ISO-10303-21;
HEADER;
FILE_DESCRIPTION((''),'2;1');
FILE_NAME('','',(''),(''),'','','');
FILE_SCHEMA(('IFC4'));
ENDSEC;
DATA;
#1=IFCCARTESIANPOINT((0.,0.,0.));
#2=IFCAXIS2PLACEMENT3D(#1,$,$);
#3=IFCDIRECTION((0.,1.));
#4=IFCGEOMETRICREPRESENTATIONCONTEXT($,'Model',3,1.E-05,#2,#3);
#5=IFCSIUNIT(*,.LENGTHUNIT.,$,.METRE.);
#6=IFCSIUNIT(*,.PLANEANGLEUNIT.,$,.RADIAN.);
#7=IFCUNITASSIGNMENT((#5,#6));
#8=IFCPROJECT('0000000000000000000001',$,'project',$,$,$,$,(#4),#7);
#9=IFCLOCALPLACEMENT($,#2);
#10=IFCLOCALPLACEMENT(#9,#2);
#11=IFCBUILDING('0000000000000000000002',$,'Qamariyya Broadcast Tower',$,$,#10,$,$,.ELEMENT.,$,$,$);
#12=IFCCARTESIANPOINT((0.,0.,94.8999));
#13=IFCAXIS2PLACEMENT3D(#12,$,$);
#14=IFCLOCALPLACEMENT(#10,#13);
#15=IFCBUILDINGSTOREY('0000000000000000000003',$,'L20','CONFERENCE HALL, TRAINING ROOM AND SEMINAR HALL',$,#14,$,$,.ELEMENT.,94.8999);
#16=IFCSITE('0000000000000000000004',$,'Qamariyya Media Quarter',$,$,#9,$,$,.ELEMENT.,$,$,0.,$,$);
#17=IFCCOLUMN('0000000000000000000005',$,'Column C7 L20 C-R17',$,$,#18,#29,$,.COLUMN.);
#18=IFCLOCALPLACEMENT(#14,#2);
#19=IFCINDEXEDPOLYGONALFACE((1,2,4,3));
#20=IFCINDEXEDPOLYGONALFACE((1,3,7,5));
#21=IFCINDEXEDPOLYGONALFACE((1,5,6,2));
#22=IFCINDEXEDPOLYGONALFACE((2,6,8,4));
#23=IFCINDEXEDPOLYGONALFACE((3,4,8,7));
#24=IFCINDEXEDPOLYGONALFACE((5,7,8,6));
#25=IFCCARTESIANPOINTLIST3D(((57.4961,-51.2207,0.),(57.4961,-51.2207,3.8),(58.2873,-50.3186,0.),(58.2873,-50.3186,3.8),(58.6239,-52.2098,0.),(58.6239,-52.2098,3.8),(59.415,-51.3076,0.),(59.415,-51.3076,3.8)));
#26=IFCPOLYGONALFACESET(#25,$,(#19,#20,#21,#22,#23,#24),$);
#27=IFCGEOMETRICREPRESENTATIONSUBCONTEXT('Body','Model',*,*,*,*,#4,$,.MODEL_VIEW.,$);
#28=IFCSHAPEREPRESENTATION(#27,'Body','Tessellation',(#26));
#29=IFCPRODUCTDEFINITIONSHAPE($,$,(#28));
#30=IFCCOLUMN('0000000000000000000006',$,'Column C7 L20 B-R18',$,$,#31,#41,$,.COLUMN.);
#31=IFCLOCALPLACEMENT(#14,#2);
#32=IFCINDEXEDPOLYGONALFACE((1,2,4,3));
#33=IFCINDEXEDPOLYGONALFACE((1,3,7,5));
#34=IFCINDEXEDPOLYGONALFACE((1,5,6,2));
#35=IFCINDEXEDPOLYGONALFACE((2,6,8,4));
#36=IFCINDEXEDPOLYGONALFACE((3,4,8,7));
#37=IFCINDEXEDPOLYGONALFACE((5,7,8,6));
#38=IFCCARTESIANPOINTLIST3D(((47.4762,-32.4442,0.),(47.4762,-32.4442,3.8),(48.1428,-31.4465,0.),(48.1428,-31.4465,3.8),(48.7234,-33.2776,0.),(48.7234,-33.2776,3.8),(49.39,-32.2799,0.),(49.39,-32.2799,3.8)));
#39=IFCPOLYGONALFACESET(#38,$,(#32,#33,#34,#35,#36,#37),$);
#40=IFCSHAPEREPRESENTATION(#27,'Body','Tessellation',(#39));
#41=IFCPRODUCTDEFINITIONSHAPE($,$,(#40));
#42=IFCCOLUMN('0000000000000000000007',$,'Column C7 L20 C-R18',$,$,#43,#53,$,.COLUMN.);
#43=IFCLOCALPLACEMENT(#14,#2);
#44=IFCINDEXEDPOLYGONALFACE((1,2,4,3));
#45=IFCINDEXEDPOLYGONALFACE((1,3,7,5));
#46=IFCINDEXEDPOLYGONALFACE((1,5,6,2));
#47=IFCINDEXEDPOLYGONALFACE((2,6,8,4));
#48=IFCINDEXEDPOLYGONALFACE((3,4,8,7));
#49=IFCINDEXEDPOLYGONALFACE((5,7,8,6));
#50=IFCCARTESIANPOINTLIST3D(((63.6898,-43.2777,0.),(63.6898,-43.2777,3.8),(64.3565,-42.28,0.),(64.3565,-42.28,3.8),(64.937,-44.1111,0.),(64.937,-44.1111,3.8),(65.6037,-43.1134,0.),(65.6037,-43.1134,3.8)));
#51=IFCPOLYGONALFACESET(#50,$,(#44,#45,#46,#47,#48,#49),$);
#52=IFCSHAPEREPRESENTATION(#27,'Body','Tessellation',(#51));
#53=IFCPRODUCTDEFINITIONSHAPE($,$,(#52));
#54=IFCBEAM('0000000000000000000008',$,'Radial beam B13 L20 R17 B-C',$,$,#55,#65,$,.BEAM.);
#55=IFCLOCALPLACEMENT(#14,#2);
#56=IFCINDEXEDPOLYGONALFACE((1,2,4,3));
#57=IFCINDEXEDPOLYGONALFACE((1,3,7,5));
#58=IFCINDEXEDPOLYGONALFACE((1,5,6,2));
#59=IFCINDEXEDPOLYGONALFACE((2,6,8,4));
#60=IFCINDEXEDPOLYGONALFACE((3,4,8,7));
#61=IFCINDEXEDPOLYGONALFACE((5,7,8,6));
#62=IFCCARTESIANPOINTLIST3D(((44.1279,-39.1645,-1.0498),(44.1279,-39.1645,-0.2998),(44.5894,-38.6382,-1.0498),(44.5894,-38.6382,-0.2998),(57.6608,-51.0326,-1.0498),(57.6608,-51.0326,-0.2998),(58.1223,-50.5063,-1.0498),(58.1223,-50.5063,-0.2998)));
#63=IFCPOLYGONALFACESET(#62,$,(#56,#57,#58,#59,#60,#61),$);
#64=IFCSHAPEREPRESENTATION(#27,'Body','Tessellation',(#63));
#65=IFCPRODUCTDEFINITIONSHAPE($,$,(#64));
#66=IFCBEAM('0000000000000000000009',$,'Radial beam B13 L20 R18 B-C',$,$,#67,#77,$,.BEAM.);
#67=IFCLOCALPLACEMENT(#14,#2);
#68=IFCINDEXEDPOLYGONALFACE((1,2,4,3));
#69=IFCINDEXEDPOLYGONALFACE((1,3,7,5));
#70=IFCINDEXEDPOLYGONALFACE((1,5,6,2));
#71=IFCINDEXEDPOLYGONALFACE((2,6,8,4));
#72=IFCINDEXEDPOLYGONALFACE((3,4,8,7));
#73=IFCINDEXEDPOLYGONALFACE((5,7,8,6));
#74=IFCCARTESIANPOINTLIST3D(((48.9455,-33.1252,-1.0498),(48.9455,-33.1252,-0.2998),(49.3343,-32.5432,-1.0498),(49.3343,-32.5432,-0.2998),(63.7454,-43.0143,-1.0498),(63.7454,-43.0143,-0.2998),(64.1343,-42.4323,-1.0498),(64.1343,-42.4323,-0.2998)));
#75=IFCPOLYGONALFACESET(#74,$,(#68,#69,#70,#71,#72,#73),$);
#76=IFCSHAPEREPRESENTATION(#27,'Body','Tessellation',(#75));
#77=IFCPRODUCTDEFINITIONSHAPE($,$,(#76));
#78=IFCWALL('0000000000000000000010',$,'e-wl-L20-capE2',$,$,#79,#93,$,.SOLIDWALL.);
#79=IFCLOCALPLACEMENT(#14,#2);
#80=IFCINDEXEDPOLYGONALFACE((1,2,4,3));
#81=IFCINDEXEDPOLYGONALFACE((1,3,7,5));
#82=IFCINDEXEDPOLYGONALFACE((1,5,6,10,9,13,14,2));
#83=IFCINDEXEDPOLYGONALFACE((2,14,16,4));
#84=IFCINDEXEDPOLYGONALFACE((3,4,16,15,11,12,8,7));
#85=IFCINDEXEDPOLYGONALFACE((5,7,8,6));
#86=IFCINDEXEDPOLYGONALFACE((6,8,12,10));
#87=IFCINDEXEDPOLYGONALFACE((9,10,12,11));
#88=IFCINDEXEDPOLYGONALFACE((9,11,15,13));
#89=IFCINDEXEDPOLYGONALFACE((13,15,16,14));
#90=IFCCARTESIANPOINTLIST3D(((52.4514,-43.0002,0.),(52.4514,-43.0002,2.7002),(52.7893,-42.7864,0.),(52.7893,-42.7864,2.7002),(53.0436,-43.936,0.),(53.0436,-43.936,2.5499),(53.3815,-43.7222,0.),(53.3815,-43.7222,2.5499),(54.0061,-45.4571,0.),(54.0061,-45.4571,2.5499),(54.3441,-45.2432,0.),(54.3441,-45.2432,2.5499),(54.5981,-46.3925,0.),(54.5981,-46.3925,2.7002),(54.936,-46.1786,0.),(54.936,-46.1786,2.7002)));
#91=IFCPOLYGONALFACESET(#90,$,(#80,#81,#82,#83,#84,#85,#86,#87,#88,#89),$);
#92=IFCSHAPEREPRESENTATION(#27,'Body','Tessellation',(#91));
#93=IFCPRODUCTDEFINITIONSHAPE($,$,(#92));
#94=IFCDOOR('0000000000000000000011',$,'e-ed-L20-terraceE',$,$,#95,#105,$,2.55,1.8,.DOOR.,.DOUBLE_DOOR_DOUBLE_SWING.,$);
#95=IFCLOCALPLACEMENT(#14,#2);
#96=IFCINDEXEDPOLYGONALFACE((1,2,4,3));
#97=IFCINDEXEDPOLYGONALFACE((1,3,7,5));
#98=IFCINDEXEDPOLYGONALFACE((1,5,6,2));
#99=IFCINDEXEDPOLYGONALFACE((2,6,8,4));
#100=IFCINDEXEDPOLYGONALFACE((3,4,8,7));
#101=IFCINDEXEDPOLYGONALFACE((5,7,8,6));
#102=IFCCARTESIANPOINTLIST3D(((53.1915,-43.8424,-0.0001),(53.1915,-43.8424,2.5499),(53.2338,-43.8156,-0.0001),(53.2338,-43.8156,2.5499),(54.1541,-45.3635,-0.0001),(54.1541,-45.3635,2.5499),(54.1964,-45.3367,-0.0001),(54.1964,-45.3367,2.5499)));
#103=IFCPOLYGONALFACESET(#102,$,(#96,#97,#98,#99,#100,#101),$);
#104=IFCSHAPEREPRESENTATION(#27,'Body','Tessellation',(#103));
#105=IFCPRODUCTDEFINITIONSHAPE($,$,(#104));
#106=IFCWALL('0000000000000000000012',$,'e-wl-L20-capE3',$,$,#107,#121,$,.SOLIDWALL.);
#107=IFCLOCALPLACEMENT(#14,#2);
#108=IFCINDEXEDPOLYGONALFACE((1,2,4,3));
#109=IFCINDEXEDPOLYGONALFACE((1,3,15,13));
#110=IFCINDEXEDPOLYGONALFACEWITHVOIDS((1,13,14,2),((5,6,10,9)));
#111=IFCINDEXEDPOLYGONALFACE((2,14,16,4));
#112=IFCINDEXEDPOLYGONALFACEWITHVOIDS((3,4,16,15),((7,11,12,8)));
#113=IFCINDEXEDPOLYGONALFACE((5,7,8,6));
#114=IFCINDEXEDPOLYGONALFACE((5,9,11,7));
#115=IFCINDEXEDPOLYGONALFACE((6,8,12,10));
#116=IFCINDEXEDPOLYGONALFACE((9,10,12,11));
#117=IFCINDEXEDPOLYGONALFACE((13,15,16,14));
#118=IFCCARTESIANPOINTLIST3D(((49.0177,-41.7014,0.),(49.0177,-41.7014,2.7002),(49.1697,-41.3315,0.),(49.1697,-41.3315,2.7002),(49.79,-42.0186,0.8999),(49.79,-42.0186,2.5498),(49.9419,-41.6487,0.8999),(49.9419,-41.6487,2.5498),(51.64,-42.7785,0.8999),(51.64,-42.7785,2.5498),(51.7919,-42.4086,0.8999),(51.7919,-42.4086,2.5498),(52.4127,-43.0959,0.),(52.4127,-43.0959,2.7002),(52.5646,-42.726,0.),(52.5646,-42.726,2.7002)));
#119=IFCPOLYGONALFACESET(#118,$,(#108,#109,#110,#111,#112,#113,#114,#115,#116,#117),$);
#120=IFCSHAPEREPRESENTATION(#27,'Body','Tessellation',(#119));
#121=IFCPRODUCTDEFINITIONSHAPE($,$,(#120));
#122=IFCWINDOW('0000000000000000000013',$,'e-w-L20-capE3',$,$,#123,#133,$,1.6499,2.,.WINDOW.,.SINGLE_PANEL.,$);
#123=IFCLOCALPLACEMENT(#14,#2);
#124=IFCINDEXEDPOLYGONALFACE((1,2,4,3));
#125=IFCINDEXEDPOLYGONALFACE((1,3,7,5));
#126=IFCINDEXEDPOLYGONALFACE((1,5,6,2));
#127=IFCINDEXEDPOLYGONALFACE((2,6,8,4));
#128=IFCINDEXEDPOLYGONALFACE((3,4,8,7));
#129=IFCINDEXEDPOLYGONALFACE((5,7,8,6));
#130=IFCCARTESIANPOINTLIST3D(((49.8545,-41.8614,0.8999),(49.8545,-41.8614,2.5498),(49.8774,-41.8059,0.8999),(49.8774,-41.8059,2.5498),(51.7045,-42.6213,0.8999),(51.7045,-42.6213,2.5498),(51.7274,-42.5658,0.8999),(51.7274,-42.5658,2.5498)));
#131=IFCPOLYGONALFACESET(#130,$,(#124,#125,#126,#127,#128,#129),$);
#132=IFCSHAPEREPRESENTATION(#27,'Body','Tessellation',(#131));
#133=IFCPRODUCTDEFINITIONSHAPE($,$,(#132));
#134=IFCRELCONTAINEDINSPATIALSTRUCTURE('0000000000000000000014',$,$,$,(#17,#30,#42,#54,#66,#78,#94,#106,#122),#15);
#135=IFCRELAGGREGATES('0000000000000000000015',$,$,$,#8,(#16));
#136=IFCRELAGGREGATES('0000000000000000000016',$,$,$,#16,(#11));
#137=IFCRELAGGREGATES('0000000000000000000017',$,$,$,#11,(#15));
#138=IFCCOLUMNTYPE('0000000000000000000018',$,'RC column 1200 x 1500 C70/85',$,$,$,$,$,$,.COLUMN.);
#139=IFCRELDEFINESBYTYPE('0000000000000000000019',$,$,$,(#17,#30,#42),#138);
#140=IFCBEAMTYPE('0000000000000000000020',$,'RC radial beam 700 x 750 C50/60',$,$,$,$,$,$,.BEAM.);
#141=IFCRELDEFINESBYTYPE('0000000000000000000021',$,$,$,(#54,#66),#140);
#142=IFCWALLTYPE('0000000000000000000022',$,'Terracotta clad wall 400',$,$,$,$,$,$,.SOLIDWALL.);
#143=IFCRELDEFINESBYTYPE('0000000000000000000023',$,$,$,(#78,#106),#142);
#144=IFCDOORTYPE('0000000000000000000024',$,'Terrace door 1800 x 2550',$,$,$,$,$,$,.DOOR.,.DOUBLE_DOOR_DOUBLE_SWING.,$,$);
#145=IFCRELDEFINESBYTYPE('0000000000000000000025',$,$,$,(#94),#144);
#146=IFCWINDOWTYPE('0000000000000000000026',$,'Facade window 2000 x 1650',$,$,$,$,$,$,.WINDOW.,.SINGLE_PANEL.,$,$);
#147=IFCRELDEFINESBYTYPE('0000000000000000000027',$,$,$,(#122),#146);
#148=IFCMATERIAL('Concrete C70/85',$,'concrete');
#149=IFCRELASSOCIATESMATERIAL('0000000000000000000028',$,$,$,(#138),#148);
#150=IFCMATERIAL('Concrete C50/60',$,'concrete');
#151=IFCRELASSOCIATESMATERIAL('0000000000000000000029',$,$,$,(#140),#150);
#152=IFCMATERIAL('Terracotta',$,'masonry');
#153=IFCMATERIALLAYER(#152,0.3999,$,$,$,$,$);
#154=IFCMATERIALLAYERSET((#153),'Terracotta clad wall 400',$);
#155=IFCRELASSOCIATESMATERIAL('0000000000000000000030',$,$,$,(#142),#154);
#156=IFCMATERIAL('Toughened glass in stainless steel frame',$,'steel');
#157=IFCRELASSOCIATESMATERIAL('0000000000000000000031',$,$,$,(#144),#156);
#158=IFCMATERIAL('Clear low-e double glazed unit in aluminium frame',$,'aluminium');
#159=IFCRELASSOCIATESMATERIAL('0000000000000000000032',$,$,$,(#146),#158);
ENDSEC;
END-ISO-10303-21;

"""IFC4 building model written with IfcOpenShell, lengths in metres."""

from ifc_helpers import new_model, si_unit, direction, frame, frame_2d, origin, origin_2d, place, context, subcontext, project, spatial, rectangle, extrude, material, layer, layer_set, material_profile, profile_set, type_object, element, fill, save


model = new_model("IFC4")

# Units and contexts
model_context = context("Model", 3, precision=1e-05, world=origin(), true_north=direction((0.0, 1.0)))
body_context = subcontext(model_context, "Body", "Model", "MODEL_VIEW")
ifc_project = project(units=[si_unit("LENGTHUNIT", "METRE"), si_unit("PLANEANGLEUNIT", "RADIAN")], contexts=[model_context])

# Site, building, storey
site_placement = place(None, origin())
site = spatial("IfcSite", under=ifc_project, at=site_placement, Name="Qamariyya Media Quarter", CompositionType="ELEMENT", RefElevation=0.0)
building_placement = place(site_placement, origin())
building = spatial("IfcBuilding", under=site, at=building_placement, Name="Qamariyya Broadcast Tower", CompositionType="ELEMENT")
storey_placement = place(building_placement, frame((0.0, 0.0, 94.8999)))
storey = spatial("IfcBuildingStorey", under=building, at=storey_placement, Name="L20", Description="CONFERENCE HALL, TRAINING ROOM AND SEMINAR HALL", CompositionType="ELEMENT", Elevation=94.8999)

# Columns
ifc_material_1 = material(Name="Concrete C70/85", Category="concrete")
ifc_material_profile_1 = material_profile(ifc_material_1, rectangle(XDim=1.2, YDim=1.5, at=origin_2d()))
ifc_profile_set_1 = profile_set([ifc_material_profile_1], Name="Concrete C70/85")
column_type = type_object("IfcColumnType", Name="RC column 1200 x 1500 C70/85", PredefinedType="COLUMN", material=ifc_profile_set_1)
for number, where, z_axis, x_axis, name in (
    (1, (58.4556, -51.2642, 0.0), (0.0, 0.0, 1.0), (0.659346, 0.75184, 0.0), "Column C7 L20 C-R17"),
    (2, (48.4331, -32.3621, 0.0), (0.0, 0.0, 1.0), (0.55557, 0.83147, 0.0), "Column C7 L20 B-R18"),
    (3, (64.6467, -43.1956, 0.0), (0.0, 0.0, 1.0), (0.55557, 0.83147, 0.0), "Column C7 L20 C-R18"),
):
    element("IfcColumn", number, at=place(storey_placement, frame(where, z_axis=z_axis, x_axis=x_axis)), inside=storey, type_object=column_type, Name=name, PredefinedType="COLUMN", context=body_context, shape_type="SweptSolid", body=[
        extrude(rectangle(XDim=1.2, YDim=1.5, at=origin_2d()), origin(), (0.0, 0.0, 1.0), 3.8),
    ])

# Beams
ifc_material_2 = material(Name="Concrete C50/60", Category="concrete")
ifc_material_profile_2 = material_profile(ifc_material_2, rectangle(XDim=0.7, YDim=0.75, at=origin_2d()))
ifc_profile_set_2 = profile_set([ifc_material_profile_2], Name="Concrete C50/60")
beam_type = type_object("IfcBeamType", Name="RC radial beam 700 x 750 C50/60", PredefinedType="BEAM", material=ifc_profile_set_2)
beam_1_placement = place(storey_placement, frame((44.3586, -38.9014, -0.6748), z_axis=(0.751838, -0.659348, 0.0), x_axis=(0.659348, 0.751838, 0.0)))
element("IfcBeam", 4, at=beam_1_placement, inside=storey, type_object=beam_type, Name="Radial beam B13 L20 R17 B-C", PredefinedType="BEAM", context=body_context, shape_type="SweptSolid", body=[
    extrude(rectangle(XDim=0.7, YDim=0.75, at=origin_2d()), origin(), (0.0, 0.0, 1.0), 17.9998),
])
beam_2_placement = place(storey_placement, frame((49.1399, -32.8342, -0.6748), z_axis=(0.831467, -0.555573, 0.0), x_axis=(0.555573, 0.831467, 0.0)))
element("IfcBeam", 5, at=beam_2_placement, inside=storey, type_object=beam_type, Name="Radial beam B13 L20 R18 B-C", PredefinedType="BEAM", context=body_context, shape_type="SweptSolid", body=[
    extrude(rectangle(XDim=0.7, YDim=0.75, at=origin_2d()), origin(), (0.0, 0.0, 1.0), 17.7998),
])

# Wall, opening, door
ifc_material_3 = material(Name="Terracotta", Category="masonry")
ifc_layer = layer(ifc_material_3, 0.3999)
ifc_layer_set = layer_set([ifc_layer], Name="Terracotta clad wall 400")
wall_type = type_object("IfcWallType", Name="Terracotta clad wall 400", PredefinedType="SOLIDWALL", material=ifc_layer_set)
wall_1_placement = place(storey_placement, frame((54.7671, -46.2856, 0.0), z_axis=(0.0, 0.0, 1.0), x_axis=(-0.534741, 0.845016, 0.0)))
wall_1 = element("IfcWall", 6, at=wall_1_placement, inside=storey, type_object=wall_type, Name="e-wl-L20-capE2", PredefinedType="SOLIDWALL", context=body_context, shape_type="SweptSolid", body=[
    extrude(rectangle(XDim=4.0144, YDim=0.3999, at=frame_2d((2.0073, 0.0))), origin(), (0.0, 0.0, 1.0), 2.7002),
])
opening_1_placement = place(wall_1_placement, frame((1.1072, 0.0, 0.0)))
opening_1 = element("IfcOpeningElement", 7, at=opening_1_placement, cuts=wall_1, PredefinedType="OPENING", context=body_context, shape_type="SweptSolid", body=[
    extrude(rectangle(XDim=1.8, YDim=2.55, at=frame_2d((0.8999, 1.2749))), frame((0.0, 0.21, 0.0), z_axis=(0.0, -1.0, 0.0), x_axis=(1.0, 0.0, 0.0)), (0.0, 0.0, 1.0), 0.4199),
])
ifc_material_4 = material(Name="Toughened glass in stainless steel frame", Category="steel")
door_type = type_object("IfcDoorType", Name="Terrace door 1800 x 2550", OperationType="DOUBLE_DOOR_DOUBLE_SWING", PredefinedType="DOOR", material=ifc_material_4)
door_placement = place(opening_1_placement, origin())
door = element("IfcDoor", 8, at=door_placement, inside=storey, type_object=door_type, Name="e-ed-L20-terraceE", OperationType="DOUBLE_DOOR_DOUBLE_SWING", OverallHeight=2.55, OverallWidth=1.8, PredefinedType="DOOR", context=body_context, shape_type="SweptSolid", body=[
    extrude(rectangle(XDim=1.8, YDim=2.55, at=frame_2d((0.8999, 1.2749))), frame((0.0, 0.0249, 0.0), z_axis=(0.0, -1.0, 0.0), x_axis=(1.0, 0.0, 0.0)), (0.0, 0.0, 1.0), 0.05),
])
fill(opening_1, door)

# Wall, opening, window
wall_2_placement = place(storey_placement, frame((52.4885, -42.9109, 0.0), z_axis=(0.0, 0.0, 1.0), x_axis=(-0.925006, 0.379953, 0.0)))
wall_2 = element("IfcWall", 9, at=wall_2_placement, inside=storey, type_object=wall_type, Name="e-wl-L20-capE3", PredefinedType="SOLIDWALL", context=body_context, shape_type="SweptSolid", body=[
    extrude(rectangle(XDim=3.6702, YDim=0.3999, at=frame_2d((1.835, 0.0))), origin(), (0.0, 0.0, 1.0), 2.7002),
])
opening_2_placement = place(wall_2_placement, frame((0.8352, 0.0, 0.8999)))
opening_2 = element("IfcOpeningElement", 10, at=opening_2_placement, cuts=wall_2, PredefinedType="OPENING", context=body_context, shape_type="SweptSolid", body=[
    extrude(rectangle(XDim=2.0, YDim=1.6499, at=frame_2d((1.0, 0.825))), frame((0.0, 0.21, 0.0), z_axis=(0.0, -1.0, 0.0), x_axis=(1.0, 0.0, 0.0)), (0.0, 0.0, 1.0), 0.4199),
])
ifc_material_5 = material(Name="Clear low-e double glazed unit in aluminium frame", Category="aluminium")
window_type = type_object("IfcWindowType", Name="Facade window 2000 x 1650", PartitioningType="SINGLE_PANEL", PredefinedType="WINDOW", material=ifc_material_5)
window_placement = place(opening_2_placement, origin())
window = element("IfcWindow", 11, at=window_placement, inside=storey, type_object=window_type, Name="e-w-L20-capE3", OverallHeight=1.6499, OverallWidth=2.0, PartitioningType="SINGLE_PANEL", PredefinedType="WINDOW", context=body_context, shape_type="SweptSolid", body=[
    extrude(rectangle(XDim=2.0, YDim=1.6499, at=frame_2d((1.0, 0.825))), frame((0.0, 0.03, 0.0), z_axis=(0.0, -1.0, 0.0), x_axis=(1.0, 0.0, 0.0)), (0.0, 0.0, 1.0), 0.0601),
])
fill(opening_2, window)

save(model, "model.ifc")
